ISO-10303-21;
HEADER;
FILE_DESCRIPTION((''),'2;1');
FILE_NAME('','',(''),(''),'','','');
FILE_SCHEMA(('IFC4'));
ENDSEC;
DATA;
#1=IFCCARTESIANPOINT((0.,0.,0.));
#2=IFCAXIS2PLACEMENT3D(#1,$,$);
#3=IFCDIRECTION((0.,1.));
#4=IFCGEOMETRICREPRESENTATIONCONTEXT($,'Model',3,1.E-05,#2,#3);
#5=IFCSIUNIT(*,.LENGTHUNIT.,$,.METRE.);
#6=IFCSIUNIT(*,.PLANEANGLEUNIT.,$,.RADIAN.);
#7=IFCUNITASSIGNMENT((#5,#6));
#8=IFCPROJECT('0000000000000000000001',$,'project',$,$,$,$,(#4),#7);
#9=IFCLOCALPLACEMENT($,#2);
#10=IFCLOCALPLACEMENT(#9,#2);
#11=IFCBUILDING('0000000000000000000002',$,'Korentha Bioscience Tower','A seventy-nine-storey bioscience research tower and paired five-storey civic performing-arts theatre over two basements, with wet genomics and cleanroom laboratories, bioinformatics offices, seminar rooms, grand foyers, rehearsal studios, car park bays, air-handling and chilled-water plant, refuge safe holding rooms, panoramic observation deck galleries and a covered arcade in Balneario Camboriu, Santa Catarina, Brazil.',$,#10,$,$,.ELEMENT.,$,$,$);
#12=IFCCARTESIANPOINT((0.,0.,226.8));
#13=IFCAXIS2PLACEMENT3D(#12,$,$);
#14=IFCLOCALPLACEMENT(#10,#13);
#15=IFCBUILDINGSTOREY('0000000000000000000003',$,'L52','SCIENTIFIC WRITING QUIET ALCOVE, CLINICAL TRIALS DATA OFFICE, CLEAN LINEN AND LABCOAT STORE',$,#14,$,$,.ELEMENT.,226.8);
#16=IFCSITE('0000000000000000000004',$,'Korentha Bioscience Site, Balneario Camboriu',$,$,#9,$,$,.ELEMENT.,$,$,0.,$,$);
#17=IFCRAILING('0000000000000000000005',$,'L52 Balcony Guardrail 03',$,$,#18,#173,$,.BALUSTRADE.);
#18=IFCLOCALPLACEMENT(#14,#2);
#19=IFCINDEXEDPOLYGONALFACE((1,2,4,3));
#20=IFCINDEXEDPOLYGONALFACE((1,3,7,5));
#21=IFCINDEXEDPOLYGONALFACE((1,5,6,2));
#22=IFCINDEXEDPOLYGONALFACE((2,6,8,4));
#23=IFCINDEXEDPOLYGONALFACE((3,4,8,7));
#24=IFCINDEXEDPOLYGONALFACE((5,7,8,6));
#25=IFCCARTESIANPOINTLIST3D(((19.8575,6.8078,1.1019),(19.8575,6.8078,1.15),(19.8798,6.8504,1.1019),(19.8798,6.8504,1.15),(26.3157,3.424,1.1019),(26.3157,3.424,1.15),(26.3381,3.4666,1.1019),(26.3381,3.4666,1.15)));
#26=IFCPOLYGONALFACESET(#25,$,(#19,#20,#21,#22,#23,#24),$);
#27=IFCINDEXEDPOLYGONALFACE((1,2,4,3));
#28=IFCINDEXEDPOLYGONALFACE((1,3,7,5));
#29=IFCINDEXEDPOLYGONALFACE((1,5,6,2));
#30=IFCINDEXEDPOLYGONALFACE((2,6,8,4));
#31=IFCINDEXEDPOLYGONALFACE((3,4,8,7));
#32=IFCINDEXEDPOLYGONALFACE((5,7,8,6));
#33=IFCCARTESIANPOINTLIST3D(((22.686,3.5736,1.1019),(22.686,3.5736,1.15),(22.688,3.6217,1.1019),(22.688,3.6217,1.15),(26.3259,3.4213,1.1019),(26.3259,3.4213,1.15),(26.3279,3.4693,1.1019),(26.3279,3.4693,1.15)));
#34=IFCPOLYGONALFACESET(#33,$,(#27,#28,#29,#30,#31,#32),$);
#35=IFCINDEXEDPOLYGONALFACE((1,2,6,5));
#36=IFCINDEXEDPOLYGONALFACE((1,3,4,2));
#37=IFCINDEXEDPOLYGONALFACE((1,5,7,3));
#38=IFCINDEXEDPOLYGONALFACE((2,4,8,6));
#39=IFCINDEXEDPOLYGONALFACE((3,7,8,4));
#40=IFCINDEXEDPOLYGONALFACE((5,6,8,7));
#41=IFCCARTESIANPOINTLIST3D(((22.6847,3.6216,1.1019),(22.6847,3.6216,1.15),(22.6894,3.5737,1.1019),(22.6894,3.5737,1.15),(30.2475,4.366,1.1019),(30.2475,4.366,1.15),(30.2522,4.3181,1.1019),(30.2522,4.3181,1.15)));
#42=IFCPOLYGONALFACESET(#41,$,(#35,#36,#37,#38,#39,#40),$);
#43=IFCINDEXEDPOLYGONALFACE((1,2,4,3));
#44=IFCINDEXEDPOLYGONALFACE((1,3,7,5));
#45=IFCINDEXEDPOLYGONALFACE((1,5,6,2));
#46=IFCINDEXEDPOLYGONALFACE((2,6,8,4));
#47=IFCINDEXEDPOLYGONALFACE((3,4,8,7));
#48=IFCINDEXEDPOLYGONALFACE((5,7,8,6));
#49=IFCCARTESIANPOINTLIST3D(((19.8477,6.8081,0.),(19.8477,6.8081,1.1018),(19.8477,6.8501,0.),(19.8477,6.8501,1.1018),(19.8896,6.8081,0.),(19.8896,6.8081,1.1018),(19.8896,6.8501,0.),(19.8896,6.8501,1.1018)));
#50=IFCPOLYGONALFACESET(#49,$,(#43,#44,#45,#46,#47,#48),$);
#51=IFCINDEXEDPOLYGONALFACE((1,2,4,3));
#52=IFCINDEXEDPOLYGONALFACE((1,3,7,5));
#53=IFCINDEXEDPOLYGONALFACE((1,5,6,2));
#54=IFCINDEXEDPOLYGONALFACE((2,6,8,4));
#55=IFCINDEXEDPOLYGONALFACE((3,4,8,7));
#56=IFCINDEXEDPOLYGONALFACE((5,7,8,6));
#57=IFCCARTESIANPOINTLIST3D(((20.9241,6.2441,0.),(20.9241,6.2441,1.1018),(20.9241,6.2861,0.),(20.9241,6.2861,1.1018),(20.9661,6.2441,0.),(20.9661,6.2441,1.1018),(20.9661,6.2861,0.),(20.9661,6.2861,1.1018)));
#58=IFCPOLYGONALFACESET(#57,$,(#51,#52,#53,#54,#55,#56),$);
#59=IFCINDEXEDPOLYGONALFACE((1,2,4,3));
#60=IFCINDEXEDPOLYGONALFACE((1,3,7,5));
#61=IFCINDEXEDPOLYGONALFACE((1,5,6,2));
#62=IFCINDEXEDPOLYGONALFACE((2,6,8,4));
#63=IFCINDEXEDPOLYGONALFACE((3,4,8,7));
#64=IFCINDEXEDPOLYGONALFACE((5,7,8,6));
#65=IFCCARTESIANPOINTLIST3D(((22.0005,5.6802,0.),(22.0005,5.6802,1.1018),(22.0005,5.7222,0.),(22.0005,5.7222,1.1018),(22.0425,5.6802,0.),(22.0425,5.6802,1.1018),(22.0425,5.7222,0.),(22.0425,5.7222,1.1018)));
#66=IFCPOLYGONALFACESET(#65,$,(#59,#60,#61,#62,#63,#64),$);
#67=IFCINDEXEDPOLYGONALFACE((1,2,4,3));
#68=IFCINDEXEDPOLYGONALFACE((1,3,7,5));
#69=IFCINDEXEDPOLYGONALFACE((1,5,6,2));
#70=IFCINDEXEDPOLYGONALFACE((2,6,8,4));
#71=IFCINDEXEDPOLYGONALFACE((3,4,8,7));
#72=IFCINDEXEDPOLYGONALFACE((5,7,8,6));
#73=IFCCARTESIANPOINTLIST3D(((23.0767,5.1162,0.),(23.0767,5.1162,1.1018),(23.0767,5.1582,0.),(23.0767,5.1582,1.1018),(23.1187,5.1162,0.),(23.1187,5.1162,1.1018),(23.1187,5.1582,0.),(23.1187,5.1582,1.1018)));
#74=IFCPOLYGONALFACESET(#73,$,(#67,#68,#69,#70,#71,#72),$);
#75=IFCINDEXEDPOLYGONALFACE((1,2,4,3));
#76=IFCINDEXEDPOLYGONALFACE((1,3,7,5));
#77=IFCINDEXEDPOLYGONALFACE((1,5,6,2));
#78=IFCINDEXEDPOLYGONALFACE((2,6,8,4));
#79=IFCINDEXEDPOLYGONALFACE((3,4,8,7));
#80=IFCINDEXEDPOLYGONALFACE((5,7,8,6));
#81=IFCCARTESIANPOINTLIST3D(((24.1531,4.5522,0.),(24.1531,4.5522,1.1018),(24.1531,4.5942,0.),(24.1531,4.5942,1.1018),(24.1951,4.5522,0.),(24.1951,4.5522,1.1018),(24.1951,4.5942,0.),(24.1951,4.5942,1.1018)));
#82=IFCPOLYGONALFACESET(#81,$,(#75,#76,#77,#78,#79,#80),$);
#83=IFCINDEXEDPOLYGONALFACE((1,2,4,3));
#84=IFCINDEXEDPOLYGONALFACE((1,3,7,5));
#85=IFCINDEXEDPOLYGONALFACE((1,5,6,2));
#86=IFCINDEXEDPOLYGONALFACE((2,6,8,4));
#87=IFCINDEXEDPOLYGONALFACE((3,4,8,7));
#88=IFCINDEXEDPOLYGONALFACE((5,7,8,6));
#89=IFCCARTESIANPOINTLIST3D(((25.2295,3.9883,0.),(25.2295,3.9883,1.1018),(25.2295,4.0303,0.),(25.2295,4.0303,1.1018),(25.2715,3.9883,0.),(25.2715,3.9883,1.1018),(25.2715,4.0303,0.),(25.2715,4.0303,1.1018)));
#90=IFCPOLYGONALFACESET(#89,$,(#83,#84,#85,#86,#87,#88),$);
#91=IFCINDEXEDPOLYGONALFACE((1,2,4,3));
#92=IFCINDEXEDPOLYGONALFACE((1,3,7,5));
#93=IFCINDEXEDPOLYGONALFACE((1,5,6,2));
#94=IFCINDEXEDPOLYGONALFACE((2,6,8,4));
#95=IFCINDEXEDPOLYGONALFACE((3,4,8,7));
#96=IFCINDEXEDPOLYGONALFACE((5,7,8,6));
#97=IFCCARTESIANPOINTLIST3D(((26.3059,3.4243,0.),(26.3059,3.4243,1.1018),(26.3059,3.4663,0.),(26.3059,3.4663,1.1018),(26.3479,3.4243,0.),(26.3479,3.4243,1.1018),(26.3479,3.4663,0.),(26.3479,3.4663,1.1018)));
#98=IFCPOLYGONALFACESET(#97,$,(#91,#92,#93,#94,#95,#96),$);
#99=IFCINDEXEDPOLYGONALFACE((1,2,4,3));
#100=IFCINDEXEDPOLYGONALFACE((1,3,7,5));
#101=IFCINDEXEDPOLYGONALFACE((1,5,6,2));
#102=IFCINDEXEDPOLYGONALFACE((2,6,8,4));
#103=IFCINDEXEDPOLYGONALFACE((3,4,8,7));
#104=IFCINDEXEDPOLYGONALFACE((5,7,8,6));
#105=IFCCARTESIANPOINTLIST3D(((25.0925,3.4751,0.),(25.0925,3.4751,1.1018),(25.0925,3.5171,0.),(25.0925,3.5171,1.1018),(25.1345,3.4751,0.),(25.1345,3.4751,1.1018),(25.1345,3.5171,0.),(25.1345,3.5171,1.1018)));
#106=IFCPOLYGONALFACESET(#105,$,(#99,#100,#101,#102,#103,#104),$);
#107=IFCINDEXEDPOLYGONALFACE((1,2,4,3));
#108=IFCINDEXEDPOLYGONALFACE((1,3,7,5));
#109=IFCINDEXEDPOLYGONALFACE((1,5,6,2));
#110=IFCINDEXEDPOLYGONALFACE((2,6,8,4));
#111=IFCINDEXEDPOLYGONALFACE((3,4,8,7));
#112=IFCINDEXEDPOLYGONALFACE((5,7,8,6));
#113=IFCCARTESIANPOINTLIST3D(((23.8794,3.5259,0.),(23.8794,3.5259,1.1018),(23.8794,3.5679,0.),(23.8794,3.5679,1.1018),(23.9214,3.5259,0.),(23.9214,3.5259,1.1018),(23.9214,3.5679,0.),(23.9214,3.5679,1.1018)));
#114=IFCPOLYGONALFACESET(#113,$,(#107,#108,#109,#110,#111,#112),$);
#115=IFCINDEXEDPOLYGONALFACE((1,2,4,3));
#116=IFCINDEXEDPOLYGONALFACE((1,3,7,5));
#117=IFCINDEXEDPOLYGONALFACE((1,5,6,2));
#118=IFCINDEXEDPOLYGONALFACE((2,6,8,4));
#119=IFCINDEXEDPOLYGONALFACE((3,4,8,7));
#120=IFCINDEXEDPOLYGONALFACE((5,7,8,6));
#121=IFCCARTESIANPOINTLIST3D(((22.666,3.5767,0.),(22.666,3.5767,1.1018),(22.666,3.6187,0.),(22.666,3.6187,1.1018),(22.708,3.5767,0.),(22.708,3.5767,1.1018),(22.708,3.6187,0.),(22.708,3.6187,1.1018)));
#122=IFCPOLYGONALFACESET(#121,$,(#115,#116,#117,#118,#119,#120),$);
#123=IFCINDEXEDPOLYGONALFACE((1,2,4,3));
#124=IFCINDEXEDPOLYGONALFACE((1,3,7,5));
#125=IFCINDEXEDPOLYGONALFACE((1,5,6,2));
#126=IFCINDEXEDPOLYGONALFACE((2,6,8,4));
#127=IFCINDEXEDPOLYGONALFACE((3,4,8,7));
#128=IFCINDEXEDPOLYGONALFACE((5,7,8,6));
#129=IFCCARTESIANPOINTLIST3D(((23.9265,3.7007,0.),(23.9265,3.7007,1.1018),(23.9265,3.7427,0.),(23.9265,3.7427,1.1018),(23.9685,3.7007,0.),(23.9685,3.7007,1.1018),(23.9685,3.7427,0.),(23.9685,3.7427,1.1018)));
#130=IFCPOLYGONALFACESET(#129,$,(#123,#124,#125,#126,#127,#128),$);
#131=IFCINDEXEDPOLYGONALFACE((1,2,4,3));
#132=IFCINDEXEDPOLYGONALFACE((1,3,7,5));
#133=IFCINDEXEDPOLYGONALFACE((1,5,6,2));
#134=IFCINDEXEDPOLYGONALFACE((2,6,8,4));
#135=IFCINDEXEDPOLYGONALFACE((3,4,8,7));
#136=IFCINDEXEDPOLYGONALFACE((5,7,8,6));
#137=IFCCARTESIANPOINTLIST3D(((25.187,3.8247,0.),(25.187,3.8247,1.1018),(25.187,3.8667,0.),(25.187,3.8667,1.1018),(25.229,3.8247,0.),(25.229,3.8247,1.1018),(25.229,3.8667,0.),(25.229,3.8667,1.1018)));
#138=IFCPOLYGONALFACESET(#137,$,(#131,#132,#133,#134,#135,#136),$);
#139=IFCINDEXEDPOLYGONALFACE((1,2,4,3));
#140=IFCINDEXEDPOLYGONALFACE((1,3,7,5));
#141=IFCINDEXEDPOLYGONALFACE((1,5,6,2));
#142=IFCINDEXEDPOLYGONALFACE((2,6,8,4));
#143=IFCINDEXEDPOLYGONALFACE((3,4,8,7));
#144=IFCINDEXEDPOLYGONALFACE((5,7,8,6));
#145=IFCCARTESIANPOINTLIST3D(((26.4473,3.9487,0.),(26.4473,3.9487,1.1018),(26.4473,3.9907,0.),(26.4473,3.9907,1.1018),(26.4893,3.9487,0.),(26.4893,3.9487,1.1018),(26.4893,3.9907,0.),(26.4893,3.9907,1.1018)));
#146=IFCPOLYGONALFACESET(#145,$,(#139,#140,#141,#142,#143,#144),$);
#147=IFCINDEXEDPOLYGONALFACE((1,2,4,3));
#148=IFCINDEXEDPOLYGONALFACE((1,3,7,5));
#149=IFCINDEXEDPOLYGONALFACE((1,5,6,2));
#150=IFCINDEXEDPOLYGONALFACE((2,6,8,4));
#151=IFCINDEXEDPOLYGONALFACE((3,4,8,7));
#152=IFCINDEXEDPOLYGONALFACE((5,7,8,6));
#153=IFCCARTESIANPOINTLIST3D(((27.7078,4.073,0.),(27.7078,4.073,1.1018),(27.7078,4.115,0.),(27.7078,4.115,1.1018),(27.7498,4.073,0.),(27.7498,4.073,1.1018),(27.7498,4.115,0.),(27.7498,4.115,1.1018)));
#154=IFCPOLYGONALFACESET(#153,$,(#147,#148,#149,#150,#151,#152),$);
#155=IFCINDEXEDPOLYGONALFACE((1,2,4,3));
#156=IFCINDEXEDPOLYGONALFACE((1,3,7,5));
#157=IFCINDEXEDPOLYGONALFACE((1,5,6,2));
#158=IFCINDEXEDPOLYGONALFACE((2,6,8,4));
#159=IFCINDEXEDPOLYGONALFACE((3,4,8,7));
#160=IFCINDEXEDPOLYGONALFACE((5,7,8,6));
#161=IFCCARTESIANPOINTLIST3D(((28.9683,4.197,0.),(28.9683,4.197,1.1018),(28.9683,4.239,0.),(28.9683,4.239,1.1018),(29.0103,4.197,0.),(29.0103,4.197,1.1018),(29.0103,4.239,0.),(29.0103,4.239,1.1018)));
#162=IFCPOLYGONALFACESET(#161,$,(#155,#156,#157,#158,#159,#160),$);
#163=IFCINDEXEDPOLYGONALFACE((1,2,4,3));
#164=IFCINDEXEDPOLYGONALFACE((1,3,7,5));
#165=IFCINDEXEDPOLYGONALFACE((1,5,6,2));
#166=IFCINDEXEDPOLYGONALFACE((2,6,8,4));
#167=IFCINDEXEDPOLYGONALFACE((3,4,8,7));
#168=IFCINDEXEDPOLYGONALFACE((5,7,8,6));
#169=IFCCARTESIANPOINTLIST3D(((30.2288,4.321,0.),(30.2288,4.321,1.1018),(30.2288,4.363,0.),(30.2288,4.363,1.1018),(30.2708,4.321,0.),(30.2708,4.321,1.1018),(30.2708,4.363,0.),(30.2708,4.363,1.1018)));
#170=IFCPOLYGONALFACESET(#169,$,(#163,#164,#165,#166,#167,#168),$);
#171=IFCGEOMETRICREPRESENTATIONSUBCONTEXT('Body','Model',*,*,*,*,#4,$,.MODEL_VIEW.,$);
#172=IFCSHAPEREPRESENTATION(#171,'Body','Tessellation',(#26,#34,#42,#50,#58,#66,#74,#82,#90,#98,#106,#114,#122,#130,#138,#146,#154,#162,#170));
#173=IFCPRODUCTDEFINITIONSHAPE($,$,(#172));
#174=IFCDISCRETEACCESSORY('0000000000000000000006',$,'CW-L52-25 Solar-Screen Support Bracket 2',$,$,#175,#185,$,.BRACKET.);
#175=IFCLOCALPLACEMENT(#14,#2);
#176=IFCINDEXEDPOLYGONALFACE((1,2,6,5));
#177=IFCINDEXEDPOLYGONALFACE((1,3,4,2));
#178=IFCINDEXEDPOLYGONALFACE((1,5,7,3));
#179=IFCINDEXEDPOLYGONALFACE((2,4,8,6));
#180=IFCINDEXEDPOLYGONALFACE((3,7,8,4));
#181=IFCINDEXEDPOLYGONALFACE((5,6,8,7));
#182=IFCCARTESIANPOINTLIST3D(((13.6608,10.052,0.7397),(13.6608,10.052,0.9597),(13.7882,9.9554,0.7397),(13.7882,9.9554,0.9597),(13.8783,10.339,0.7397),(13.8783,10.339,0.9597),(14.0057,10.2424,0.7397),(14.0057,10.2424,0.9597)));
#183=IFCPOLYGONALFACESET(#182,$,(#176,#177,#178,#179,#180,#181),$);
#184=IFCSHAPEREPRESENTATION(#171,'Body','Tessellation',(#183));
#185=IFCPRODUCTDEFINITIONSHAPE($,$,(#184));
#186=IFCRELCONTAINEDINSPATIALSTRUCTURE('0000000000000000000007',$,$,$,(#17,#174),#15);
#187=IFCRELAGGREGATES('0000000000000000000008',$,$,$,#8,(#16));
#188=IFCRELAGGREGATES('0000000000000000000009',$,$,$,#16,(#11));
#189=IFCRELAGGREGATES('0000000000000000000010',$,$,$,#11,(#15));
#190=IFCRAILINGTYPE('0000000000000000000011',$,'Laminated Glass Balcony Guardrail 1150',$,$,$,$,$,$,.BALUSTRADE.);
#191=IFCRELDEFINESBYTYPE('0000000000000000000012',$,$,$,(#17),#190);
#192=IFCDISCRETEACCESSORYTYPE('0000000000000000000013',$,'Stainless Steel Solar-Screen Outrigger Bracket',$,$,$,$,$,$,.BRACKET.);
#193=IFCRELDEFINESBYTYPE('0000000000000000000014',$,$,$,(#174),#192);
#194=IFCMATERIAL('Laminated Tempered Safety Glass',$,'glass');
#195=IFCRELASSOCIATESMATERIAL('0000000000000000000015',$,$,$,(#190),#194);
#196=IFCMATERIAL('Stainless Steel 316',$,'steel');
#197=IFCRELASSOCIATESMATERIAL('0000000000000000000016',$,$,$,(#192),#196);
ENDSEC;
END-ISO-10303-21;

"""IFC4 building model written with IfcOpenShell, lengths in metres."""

from ifc_helpers import new_model, si_unit, direction, frame, origin, origin_2d, place, context, subcontext, project, spatial, rectangle, extrude, material, type_object, element, save


model = new_model("IFC4")

# Units and contexts
model_context = context("Model", 3, precision=1e-05, world=origin(), true_north=direction((0.0, 1.0)))
body_context = subcontext(model_context, "Body", "Model", "MODEL_VIEW")
ifc_project = project(units=[si_unit("LENGTHUNIT", "METRE"), si_unit("PLANEANGLEUNIT", "RADIAN")], contexts=[model_context])

# Site, building, storey
site_placement = place(None, origin())
site = spatial("IfcSite", under=ifc_project, at=site_placement, Name="Korentha Bioscience Site, Balneario Camboriu", CompositionType="ELEMENT", RefElevation=0.0)
building_placement = place(site_placement, origin())
building = spatial("IfcBuilding", under=site, at=building_placement, Name="Korentha Bioscience Tower", Description="A seventy-nine-storey bioscience research tower and paired five-storey civic performing-arts theatre over two basements, with wet genomics and cleanroom laboratories, bioinformatics offices, seminar rooms, grand foyers, rehearsal studios, car park bays, air-handling and chilled-water plant, refuge safe holding rooms, panoramic observation deck galleries and a covered arcade in Balneario Camboriu, Santa Catarina, Brazil.", CompositionType="ELEMENT")
storey_placement = place(building_placement, frame((0.0, 0.0, 226.8)))
storey = spatial("IfcBuildingStorey", under=building, at=storey_placement, Name="L52", Description="SCIENTIFIC WRITING QUIET ALCOVE, CLINICAL TRIALS DATA OFFICE, CLEAN LINEN AND LABCOAT STORE", CompositionType="ELEMENT", Elevation=226.8)

# Railing
ifc_material_1 = material(Name="Laminated Tempered Safety Glass", Category="glass")
railing_type = type_object("IfcRailingType", Name="Laminated Glass Balcony Guardrail 1150", PredefinedType="BALUSTRADE", material=ifc_material_1)
railing_placement = place(storey_placement, frame((19.8687, 6.8291, 0.0)))
element("IfcRailing", 1, at=railing_placement, inside=storey, type_object=railing_type, Name="L52 Balcony Guardrail 03", PredefinedType="BALUSTRADE", context=body_context, shape_type="SweptSolid", body=[
    extrude(rectangle(XDim=0.0481, YDim=0.0481, at=origin_2d()), frame((0.0, 0.0, 1.126), z_axis=(0.885781, -0.464103, 0.0), x_axis=(0.464103, 0.885781, 0.0)), (0.0, 0.0, 1.0), 7.291),
    extrude(rectangle(XDim=0.0481, YDim=0.0481, at=origin_2d()), frame((6.4583, -3.3838, 1.126), z_axis=(-0.999125, 0.041817, 0.0), x_axis=(-0.041817, -0.999125, 0.0)), (0.0, 0.0, 1.0), 3.6431),
    extrude(rectangle(XDim=0.0481, YDim=0.0481, at=origin_2d()), frame((2.8184, -3.2314, 1.126), z_axis=(0.995191, 0.097955, 0.0), x_axis=(-0.097955, 0.995191, 0.0)), (0.0, 0.0, 1.0), 7.5994),
    extrude(rectangle(XDim=0.042, YDim=0.042, at=origin_2d()), origin(), (0.0, 0.0, 1.0), 1.1018),
    extrude(rectangle(XDim=0.042, YDim=0.042, at=origin_2d()), frame((1.0764, -0.564, 0.0)), (0.0, 0.0, 1.0), 1.1018),
    extrude(rectangle(XDim=0.042, YDim=0.042, at=origin_2d()), frame((2.1528, -1.1279, 0.0)), (0.0, 0.0, 1.0), 1.1018),
    extrude(rectangle(XDim=0.042, YDim=0.042, at=origin_2d()), frame((3.229, -1.6919, 0.0)), (0.0, 0.0, 1.0), 1.1018),
    extrude(rectangle(XDim=0.042, YDim=0.042, at=origin_2d()), frame((4.3054, -2.2559, 0.0)), (0.0, 0.0, 1.0), 1.1018),
    extrude(rectangle(XDim=0.042, YDim=0.042, at=origin_2d()), frame((5.3818, -2.8198, 0.0)), (0.0, 0.0, 1.0), 1.1018),
    extrude(rectangle(XDim=0.042, YDim=0.042, at=origin_2d()), frame((6.4583, -3.3838, 0.0)), (0.0, 0.0, 1.0), 1.1018),
    extrude(rectangle(XDim=0.042, YDim=0.042, at=origin_2d()), frame((5.2449, -3.333, 0.0)), (0.0, 0.0, 1.0), 1.1018),
    extrude(rectangle(XDim=0.042, YDim=0.042, at=origin_2d()), frame((4.0317, -3.2822, 0.0)), (0.0, 0.0, 1.0), 1.1018),
    extrude(rectangle(XDim=0.042, YDim=0.042, at=origin_2d()), frame((2.8184, -3.2314, 0.0)), (0.0, 0.0, 1.0), 1.1018),
    extrude(rectangle(XDim=0.042, YDim=0.042, at=origin_2d()), frame((4.0789, -3.1074, 0.0)), (0.0, 0.0, 1.0), 1.1018),
    extrude(rectangle(XDim=0.042, YDim=0.042, at=origin_2d()), frame((5.3394, -2.9834, 0.0)), (0.0, 0.0, 1.0), 1.1018),
    extrude(rectangle(XDim=0.042, YDim=0.042, at=origin_2d()), frame((6.5996, -2.8594, 0.0)), (0.0, 0.0, 1.0), 1.1018),
    extrude(rectangle(XDim=0.042, YDim=0.042, at=origin_2d()), frame((7.8601, -2.7351, 0.0)), (0.0, 0.0, 1.0), 1.1018),
    extrude(rectangle(XDim=0.042, YDim=0.042, at=origin_2d()), frame((9.1206, -2.6111, 0.0)), (0.0, 0.0, 1.0), 1.1018),
    extrude(rectangle(XDim=0.042, YDim=0.042, at=origin_2d()), frame((10.3811, -2.4871, 0.0)), (0.0, 0.0, 1.0), 1.1018),
])

# Discrete accessory
ifc_material_2 = material(Name="Stainless Steel 316", Category="steel")
discrete_accessory_type = type_object("IfcDiscreteAccessoryType", Name="Stainless Steel Solar-Screen Outrigger Bracket", PredefinedType="BRACKET", material=ifc_material_2)
discrete_accessory_placement = place(storey_placement, frame((13.8333, 10.1472, 0.7397), z_axis=(0.0, 0.0, 1.0), x_axis=(0.796889, -0.604126, 0.0)))
element("IfcDiscreteAccessory", 2, at=discrete_accessory_placement, inside=storey, type_object=discrete_accessory_type, Name="CW-L52-25 Solar-Screen Support Bracket 2", PredefinedType="BRACKET", context=body_context, shape_type="SweptSolid", body=[
    extrude(rectangle(XDim=0.1599, YDim=0.3601, at=origin_2d()), origin(), (0.0, 0.0, 1.0), 0.22),
])

save(model, "model.ifc")
